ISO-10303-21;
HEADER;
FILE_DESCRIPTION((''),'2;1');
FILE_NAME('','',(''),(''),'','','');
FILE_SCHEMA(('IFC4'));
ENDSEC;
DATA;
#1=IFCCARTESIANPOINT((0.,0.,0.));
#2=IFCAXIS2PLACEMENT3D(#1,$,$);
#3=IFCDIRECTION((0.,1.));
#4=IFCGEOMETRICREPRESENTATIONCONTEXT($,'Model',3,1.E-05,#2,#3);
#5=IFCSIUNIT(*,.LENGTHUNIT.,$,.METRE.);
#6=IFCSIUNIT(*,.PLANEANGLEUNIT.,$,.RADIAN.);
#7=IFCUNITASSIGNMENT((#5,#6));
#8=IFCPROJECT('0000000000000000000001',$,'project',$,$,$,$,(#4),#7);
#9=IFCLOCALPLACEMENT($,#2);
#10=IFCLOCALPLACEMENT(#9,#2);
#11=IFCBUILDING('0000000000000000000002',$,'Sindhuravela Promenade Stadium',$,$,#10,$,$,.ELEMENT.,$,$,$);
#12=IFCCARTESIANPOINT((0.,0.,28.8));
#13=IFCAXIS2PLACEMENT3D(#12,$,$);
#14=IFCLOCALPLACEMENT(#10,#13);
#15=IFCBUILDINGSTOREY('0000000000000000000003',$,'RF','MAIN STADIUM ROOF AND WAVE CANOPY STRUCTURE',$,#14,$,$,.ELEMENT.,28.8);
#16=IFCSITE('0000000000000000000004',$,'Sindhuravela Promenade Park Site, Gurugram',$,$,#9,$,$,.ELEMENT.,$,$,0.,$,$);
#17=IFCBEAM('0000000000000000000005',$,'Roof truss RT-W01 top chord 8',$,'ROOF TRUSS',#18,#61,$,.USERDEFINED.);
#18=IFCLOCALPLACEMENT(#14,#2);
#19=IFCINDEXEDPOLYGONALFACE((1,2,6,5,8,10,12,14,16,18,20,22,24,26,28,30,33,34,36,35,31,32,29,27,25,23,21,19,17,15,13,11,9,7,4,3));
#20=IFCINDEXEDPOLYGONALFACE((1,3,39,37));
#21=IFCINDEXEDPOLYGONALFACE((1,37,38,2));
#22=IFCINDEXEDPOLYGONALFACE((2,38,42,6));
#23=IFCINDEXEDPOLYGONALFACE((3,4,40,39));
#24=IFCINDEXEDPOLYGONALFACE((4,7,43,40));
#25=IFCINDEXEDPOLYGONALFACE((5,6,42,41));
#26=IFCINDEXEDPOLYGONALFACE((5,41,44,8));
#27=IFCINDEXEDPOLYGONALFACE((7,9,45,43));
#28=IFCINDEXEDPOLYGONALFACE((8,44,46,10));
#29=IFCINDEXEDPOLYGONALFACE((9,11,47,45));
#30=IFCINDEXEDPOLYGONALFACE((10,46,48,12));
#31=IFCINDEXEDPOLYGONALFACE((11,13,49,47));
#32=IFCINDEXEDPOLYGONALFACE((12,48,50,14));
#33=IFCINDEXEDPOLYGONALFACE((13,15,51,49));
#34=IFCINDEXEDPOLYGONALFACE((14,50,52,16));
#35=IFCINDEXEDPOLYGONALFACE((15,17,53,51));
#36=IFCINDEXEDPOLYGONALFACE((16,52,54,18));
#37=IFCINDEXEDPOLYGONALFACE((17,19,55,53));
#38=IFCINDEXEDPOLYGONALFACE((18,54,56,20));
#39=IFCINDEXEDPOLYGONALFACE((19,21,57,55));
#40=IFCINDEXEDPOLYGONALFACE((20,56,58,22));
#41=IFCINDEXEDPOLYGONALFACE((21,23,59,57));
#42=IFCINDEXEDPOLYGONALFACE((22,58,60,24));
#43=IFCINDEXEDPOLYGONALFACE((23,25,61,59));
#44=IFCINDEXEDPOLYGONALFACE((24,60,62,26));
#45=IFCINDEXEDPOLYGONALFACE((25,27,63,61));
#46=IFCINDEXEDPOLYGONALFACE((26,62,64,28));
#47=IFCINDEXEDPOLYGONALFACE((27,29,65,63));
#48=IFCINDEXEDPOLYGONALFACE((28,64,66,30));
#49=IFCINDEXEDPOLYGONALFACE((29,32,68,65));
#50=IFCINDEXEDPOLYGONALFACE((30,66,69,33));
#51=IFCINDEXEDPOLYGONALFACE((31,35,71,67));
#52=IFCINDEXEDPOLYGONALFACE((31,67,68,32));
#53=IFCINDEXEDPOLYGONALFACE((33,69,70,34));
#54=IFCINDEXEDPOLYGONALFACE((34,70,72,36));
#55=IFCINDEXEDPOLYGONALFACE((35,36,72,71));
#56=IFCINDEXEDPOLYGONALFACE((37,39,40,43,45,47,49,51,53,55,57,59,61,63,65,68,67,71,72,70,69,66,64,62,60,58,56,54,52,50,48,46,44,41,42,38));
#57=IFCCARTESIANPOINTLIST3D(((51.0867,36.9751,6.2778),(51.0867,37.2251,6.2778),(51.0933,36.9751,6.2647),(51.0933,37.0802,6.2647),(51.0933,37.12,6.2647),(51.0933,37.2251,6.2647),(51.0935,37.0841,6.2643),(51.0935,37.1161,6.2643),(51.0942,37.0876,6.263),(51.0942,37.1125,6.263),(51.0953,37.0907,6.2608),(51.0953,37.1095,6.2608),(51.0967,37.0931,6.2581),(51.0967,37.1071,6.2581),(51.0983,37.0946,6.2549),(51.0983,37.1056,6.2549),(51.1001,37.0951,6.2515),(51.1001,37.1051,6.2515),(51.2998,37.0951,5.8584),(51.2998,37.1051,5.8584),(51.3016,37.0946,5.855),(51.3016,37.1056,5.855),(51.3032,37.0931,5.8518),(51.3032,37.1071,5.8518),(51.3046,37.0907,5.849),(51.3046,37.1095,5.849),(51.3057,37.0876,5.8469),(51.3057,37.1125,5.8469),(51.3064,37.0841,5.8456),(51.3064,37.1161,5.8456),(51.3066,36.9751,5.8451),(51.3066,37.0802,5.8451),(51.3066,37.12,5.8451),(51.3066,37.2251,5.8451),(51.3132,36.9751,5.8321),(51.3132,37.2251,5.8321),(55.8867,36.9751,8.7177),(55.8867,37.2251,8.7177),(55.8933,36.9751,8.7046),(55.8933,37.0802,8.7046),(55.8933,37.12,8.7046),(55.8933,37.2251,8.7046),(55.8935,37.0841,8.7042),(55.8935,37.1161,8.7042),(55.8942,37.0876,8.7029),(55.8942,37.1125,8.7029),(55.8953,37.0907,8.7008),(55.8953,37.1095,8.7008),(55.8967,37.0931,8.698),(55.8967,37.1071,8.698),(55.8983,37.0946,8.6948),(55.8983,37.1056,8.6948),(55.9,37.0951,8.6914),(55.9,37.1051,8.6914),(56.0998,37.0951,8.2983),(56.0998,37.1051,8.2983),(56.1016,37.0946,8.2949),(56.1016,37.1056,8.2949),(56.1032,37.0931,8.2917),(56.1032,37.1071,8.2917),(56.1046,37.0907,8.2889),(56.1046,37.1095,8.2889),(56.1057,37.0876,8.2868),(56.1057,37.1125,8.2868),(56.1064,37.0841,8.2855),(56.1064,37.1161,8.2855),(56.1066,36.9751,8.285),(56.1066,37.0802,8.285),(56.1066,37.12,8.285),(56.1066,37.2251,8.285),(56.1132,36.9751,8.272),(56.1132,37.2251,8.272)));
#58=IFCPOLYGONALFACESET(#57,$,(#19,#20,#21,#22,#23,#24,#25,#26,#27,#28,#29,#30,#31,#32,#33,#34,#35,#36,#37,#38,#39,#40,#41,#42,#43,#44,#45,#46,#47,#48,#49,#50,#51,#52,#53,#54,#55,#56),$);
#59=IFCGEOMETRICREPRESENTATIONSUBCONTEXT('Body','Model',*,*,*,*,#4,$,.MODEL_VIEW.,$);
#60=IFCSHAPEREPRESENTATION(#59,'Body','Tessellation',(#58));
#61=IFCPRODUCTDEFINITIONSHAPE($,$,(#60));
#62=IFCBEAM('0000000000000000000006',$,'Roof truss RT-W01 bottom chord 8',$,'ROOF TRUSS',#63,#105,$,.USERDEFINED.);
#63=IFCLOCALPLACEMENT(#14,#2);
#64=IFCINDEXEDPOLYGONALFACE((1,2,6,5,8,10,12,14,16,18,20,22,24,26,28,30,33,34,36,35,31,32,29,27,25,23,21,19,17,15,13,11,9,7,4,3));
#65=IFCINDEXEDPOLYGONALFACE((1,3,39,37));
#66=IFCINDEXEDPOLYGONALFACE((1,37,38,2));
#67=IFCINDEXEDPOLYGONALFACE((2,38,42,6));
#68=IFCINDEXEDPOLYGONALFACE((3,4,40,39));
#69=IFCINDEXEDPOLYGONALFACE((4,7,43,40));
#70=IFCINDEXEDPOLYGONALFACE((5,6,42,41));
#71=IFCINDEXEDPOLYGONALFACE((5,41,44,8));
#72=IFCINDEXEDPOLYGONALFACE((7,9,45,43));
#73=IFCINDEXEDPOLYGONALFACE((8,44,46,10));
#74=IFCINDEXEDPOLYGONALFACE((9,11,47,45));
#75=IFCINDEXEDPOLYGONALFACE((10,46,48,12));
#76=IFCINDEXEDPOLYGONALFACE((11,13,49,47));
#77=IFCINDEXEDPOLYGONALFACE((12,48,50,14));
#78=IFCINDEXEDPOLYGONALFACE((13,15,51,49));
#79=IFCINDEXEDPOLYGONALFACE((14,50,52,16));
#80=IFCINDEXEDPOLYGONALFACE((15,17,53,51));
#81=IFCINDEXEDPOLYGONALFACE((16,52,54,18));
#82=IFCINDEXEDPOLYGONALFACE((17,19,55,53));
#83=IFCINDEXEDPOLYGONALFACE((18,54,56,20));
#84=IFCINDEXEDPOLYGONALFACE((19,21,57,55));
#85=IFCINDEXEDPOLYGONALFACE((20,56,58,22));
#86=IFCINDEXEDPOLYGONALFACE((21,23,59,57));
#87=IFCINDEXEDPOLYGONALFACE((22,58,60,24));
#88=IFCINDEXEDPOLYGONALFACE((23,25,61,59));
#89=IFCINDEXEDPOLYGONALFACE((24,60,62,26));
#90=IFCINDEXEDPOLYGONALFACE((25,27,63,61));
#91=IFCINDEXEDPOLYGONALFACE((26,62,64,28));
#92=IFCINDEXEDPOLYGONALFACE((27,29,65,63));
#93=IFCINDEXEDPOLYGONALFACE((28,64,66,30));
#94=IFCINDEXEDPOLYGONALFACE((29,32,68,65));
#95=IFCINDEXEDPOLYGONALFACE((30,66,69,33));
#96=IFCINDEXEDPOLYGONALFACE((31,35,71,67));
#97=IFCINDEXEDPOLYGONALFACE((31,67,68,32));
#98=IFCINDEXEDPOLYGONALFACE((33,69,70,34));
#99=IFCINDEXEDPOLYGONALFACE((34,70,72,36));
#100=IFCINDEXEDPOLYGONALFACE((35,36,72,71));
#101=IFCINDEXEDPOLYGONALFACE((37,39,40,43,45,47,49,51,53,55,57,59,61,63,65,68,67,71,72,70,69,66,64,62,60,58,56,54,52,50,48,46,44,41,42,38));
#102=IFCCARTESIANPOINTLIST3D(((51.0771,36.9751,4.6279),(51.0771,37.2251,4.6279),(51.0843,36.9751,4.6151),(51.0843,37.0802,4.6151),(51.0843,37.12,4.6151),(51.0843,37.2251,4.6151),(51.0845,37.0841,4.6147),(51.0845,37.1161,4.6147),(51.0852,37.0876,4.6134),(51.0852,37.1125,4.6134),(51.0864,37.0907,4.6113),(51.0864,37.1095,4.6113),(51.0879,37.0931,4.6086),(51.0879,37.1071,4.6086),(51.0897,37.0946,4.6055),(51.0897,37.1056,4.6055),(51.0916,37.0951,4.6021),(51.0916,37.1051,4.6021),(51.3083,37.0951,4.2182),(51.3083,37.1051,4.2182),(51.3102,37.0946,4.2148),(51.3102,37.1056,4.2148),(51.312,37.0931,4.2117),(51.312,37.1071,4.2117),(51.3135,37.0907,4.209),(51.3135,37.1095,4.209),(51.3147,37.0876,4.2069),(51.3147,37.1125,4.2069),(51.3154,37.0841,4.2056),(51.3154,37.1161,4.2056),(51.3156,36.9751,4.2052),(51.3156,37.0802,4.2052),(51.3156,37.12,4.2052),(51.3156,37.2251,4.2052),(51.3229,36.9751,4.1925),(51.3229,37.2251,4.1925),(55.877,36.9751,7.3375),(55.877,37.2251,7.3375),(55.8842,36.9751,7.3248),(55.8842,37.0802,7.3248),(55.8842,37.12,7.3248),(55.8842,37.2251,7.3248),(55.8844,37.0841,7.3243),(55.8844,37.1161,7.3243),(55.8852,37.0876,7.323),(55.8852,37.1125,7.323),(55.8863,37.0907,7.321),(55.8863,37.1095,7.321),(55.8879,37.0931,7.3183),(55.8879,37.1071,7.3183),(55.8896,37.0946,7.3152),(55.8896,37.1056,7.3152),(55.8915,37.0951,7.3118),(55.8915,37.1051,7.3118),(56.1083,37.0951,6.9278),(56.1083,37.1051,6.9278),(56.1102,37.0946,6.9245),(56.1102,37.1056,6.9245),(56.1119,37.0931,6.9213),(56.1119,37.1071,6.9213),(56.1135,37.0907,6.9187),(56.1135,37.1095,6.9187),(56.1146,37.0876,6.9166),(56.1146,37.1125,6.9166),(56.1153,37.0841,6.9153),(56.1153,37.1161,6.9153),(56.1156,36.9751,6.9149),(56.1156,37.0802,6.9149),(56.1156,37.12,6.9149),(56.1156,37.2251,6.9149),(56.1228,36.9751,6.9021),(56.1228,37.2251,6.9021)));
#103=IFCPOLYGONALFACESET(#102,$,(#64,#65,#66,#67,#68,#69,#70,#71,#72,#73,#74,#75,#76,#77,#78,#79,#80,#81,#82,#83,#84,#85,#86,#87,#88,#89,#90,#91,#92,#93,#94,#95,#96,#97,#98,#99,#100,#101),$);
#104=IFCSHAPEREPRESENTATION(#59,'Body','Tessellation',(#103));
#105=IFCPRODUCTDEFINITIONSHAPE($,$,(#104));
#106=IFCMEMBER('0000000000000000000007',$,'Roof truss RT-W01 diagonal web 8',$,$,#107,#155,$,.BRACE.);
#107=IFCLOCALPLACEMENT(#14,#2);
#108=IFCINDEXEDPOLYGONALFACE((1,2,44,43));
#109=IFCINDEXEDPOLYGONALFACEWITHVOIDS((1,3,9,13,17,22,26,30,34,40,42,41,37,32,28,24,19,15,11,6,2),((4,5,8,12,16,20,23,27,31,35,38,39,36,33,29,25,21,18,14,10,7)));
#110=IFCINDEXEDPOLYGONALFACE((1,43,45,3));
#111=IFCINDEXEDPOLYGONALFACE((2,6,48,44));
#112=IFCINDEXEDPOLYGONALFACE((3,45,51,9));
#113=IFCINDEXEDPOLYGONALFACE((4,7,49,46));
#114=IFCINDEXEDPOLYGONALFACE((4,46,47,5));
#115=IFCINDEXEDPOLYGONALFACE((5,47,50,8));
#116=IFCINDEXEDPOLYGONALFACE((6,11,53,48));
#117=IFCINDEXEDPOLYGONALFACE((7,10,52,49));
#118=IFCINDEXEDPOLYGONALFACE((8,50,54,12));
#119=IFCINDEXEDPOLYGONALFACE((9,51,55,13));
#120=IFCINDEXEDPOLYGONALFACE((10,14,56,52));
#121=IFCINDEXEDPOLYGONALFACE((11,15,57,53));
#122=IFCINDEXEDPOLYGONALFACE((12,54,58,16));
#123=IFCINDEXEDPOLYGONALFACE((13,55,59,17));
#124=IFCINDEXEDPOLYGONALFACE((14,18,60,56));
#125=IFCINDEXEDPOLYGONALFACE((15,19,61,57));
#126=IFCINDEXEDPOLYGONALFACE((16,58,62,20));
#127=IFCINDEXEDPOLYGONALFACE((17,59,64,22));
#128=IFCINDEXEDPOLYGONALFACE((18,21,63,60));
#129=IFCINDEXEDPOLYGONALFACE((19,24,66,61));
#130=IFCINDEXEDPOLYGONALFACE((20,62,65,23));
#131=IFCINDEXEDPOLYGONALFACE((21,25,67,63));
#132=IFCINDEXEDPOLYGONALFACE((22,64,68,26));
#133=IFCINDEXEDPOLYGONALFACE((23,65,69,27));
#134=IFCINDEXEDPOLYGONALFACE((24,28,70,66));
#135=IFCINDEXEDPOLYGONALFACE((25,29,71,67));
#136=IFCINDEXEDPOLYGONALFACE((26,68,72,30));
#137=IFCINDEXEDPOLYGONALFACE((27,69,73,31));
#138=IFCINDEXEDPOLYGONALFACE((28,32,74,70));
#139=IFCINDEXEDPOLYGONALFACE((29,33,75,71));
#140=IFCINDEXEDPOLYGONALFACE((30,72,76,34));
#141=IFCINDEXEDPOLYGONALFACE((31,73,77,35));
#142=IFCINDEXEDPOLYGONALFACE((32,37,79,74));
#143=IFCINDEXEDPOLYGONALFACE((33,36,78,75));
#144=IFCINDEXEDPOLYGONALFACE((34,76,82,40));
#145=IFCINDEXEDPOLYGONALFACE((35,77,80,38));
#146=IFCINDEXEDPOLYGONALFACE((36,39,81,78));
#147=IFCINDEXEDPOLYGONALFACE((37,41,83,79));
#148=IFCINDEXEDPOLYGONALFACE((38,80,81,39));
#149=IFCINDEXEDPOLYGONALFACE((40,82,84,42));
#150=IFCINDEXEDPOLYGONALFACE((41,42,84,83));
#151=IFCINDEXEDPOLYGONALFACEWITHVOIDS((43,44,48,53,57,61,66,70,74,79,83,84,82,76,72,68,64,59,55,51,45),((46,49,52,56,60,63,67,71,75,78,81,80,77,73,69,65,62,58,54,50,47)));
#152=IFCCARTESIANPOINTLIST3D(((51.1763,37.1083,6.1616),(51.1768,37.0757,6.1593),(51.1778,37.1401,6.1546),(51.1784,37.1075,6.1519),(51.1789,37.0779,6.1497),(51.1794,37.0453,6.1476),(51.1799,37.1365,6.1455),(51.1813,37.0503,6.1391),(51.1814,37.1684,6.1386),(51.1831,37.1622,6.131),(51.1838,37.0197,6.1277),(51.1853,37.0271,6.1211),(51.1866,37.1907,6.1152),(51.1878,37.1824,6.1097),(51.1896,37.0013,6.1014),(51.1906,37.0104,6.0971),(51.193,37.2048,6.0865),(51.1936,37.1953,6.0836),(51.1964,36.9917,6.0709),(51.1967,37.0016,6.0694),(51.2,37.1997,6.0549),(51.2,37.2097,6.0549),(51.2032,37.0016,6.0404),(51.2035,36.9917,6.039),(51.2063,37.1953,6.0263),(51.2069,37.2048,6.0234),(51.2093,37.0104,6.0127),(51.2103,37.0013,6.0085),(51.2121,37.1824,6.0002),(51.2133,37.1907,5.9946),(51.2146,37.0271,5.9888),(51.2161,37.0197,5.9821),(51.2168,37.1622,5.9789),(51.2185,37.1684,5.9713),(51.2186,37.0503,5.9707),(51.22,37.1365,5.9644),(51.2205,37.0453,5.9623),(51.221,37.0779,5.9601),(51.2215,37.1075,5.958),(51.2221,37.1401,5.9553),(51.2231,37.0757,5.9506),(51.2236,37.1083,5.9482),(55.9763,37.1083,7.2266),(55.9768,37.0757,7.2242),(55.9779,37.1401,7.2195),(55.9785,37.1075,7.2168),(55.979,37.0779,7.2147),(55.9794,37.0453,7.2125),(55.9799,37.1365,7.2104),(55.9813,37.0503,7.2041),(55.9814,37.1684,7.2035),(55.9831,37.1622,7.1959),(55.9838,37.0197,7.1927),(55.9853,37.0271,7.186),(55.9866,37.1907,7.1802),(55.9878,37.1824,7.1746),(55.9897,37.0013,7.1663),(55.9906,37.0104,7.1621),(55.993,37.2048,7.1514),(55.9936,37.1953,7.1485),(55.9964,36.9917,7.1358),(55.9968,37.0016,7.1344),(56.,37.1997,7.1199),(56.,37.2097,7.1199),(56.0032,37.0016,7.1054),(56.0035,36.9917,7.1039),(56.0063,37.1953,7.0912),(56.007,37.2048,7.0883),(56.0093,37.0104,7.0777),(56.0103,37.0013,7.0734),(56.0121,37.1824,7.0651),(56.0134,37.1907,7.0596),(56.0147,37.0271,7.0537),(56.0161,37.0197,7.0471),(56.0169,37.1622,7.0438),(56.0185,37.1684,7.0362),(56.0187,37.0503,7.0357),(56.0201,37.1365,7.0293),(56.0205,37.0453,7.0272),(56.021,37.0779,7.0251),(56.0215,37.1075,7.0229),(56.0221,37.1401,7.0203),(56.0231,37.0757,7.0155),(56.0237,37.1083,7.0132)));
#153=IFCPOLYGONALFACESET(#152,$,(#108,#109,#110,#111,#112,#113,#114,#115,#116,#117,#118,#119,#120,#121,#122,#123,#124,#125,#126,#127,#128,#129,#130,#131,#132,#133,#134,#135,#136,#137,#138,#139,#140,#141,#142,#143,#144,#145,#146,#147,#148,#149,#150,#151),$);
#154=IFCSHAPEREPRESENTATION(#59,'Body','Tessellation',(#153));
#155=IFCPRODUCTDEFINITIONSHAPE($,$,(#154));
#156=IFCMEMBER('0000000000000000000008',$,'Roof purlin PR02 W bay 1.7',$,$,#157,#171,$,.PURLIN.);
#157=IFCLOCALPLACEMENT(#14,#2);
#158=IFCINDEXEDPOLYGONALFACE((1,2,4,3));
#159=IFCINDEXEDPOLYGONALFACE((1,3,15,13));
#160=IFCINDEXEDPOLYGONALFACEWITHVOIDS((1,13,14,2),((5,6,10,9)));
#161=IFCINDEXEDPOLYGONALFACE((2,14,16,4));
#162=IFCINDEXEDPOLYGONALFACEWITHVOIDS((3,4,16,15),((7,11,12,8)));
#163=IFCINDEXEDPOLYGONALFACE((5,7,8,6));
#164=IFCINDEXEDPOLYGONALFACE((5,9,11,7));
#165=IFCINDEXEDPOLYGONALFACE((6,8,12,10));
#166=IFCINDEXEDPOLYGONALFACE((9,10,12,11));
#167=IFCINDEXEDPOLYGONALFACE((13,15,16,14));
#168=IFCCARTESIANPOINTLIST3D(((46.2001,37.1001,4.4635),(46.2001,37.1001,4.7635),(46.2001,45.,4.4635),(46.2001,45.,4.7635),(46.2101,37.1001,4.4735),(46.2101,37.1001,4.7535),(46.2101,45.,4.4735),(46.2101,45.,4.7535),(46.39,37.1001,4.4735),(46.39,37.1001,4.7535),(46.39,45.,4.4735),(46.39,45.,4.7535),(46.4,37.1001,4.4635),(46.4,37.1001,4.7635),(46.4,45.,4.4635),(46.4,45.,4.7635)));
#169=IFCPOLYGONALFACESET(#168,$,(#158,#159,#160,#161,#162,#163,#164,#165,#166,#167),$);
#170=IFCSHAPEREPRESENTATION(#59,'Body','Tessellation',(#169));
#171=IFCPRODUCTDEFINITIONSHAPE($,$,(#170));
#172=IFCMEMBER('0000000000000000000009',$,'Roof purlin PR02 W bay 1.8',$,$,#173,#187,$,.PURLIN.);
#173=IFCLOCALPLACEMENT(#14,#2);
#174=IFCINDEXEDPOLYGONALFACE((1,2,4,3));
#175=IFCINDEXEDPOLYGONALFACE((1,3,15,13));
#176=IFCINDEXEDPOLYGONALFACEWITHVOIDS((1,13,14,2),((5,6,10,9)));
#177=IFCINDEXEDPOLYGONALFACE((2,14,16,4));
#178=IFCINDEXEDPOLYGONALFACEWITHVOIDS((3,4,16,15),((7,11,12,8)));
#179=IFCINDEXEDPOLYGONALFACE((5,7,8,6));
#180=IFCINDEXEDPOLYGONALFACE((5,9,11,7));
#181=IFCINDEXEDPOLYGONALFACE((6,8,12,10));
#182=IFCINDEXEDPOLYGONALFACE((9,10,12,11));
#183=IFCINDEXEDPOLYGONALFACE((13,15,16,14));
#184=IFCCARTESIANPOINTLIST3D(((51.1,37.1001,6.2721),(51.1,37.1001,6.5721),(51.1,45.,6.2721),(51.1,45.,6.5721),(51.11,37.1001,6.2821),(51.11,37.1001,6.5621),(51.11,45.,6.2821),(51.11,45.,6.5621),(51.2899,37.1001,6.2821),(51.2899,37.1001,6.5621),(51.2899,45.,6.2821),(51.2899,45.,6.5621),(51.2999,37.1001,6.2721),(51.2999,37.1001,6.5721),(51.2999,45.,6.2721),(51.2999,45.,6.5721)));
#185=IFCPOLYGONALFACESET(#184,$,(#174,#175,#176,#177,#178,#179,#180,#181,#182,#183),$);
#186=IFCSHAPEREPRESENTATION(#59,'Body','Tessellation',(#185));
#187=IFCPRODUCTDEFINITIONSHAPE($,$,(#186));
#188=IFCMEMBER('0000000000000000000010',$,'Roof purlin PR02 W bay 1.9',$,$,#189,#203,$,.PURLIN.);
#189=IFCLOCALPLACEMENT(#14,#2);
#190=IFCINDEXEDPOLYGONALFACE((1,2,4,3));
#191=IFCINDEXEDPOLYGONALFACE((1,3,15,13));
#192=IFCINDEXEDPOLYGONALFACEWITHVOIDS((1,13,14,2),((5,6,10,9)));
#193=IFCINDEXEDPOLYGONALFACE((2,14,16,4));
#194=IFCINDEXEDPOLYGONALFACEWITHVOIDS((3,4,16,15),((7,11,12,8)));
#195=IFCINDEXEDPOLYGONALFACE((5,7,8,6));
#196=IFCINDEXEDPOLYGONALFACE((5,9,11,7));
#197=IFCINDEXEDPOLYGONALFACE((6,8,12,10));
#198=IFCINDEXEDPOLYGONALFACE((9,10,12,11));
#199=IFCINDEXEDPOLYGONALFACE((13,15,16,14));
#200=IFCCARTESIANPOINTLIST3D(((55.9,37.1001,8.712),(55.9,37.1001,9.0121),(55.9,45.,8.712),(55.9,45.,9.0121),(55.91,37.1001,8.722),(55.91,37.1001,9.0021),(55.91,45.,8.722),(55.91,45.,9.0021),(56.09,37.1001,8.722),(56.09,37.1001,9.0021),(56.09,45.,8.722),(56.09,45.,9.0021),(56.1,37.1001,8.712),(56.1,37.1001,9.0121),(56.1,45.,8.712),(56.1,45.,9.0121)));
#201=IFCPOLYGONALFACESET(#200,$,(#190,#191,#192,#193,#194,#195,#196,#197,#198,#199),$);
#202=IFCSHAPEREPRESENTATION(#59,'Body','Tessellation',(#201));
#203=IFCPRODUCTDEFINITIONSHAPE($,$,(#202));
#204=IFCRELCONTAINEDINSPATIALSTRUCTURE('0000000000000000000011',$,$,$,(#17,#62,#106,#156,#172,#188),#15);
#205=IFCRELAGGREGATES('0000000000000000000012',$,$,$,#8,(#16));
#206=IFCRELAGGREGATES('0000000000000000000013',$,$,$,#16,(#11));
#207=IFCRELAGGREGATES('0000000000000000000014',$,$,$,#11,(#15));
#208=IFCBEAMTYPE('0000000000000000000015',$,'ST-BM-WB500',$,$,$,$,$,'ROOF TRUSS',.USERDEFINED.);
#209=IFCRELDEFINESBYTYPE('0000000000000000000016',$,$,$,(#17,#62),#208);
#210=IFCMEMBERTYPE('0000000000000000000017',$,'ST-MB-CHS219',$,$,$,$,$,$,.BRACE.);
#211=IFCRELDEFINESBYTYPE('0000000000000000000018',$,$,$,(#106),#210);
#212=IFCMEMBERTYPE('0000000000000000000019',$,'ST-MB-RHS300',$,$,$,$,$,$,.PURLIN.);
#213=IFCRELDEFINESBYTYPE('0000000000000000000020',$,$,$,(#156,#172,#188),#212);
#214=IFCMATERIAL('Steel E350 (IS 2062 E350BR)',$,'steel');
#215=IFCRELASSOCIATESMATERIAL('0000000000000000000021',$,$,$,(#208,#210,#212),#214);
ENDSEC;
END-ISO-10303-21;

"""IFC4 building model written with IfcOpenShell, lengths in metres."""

from ifc_helpers import new_model, si_unit, direction, frame, origin, origin_2d, place, context, subcontext, project, spatial, hollow_rectangle, hollow_circle, i_section, extrude, material, material_profile, profile_set, type_object, element, save


model = new_model("IFC4")

# Units and contexts
model_context = context("Model", 3, precision=1e-05, world=origin(), true_north=direction((0.0, 1.0)))
body_context = subcontext(model_context, "Body", "Model", "MODEL_VIEW")
ifc_project = project(units=[si_unit("LENGTHUNIT", "METRE"), si_unit("PLANEANGLEUNIT", "RADIAN")], contexts=[model_context])

# Site, building, storey
site_placement = place(None, origin())
site = spatial("IfcSite", under=ifc_project, at=site_placement, Name="Sindhuravela Promenade Park Site, Gurugram", CompositionType="ELEMENT", RefElevation=0.0)
building_placement = place(site_placement, origin())
building = spatial("IfcBuilding", under=site, at=building_placement, Name="Sindhuravela Promenade Stadium", CompositionType="ELEMENT")
storey_placement = place(building_placement, frame((0.0, 0.0, 28.8)))
storey = spatial("IfcBuildingStorey", under=building, at=storey_placement, Name="RF", Description="MAIN STADIUM ROOF AND WAVE CANOPY STRUCTURE", CompositionType="ELEMENT", Elevation=28.8)

# Beams
ifc_material_1 = material(Name="Steel E350 (IS 2062 E350BR)", Category="steel")
ifc_material_profile_1 = material_profile(ifc_material_1, i_section(OverallWidth=0.25, OverallDepth=0.5, WebThickness=0.01, FlangeThickness=0.0146, FilletRadius=0.0149, at=origin_2d()), Name="ISWB 500")
ifc_profile_set_1 = profile_set([ifc_material_profile_1], Name="Steel E350 (IS 2062 E350BR)")
beam_type = type_object("IfcBeamType", Name="ST-BM-WB500", ElementType="ROOF TRUSS", PredefinedType="USERDEFINED", material=ifc_profile_set_1)
beam_1_placement = place(storey_placement, frame((51.2, 37.1001, 6.0549), z_axis=(0.891442, 0.0, 0.453134), x_axis=(0.0, 1.0, 0.0)))
element("IfcBeam", 1, at=beam_1_placement, inside=storey, type_object=beam_type, Name="Roof truss RT-W01 top chord 8", ObjectType="ROOF TRUSS", PredefinedType="USERDEFINED", context=body_context, shape_type="SweptSolid", body=[
    extrude(i_section(OverallWidth=0.25, OverallDepth=0.5, WebThickness=0.01, FlangeThickness=0.0146, FilletRadius=0.0149, at=origin_2d()), origin(), (0.0, 0.0, 1.0), 5.3845),
])
beam_2_placement = place(storey_placement, frame((51.2, 37.1001, 4.4102), z_axis=(0.870823, 0.0, 0.491596), x_axis=(0.0, 1.0, 0.0)))
element("IfcBeam", 2, at=beam_2_placement, inside=storey, type_object=beam_type, Name="Roof truss RT-W01 bottom chord 8", ObjectType="ROOF TRUSS", PredefinedType="USERDEFINED", context=body_context, shape_type="SweptSolid", body=[
    extrude(i_section(OverallWidth=0.25, OverallDepth=0.5, WebThickness=0.01, FlangeThickness=0.0146, FilletRadius=0.0149, at=origin_2d()), origin(), (0.0, 0.0, 1.0), 5.512),
])

# Members
ifc_material_profile_2 = material_profile(ifc_material_1, hollow_circle(Radius=0.1096, WallThickness=0.01, at=origin_2d()), Name="CHS 219.1x10")
ifc_profile_set_2 = profile_set([ifc_material_profile_2], Name="Steel E350 (IS 2062 E350BR)")
member_type_1 = type_object("IfcMemberType", Name="ST-MB-CHS219", PredefinedType="BRACE", material=ifc_profile_set_2)
member_1_placement = place(storey_placement, frame((51.2, 37.1001, 6.0549), z_axis=(0.976262, 0.0, 0.216594), x_axis=(0.0, 1.0, 0.0)))
element("IfcMember", 3, at=member_1_placement, inside=storey, type_object=member_type_1, Name="Roof truss RT-W01 diagonal web 8", PredefinedType="BRACE", context=body_context, shape_type="SweptSolid", body=[
    extrude(hollow_circle(Radius=0.1096, WallThickness=0.01, at=origin_2d()), origin(), (0.0, 0.0, 1.0), 4.9167),
])
ifc_material_profile_3 = material_profile(ifc_material_1, hollow_rectangle(XDim=0.2, YDim=0.3, WallThickness=0.01, at=origin_2d()), Name="RHS 300x200x10")
ifc_profile_set_3 = profile_set([ifc_material_profile_3], Name="Steel E350 (IS 2062 E350BR)")
member_type_2 = type_object("IfcMemberType", Name="ST-MB-RHS300", PredefinedType="PURLIN", material=ifc_profile_set_3)
for number, where, z_axis, x_axis, name in (
    (4, (46.3, 37.1001, 4.6135), (0.0, 1.0, 0.0), (-1.0, 0.0, 0.0), "Roof purlin PR02 W bay 1.7"),
    (5, (51.2, 37.1001, 6.4221), (0.0, 1.0, 0.0), (-1.0, 0.0, 0.0), "Roof purlin PR02 W bay 1.8"),
    (6, (56.0, 37.1001, 8.8621), (0.0, 1.0, 0.0), (-1.0, 0.0, 0.0), "Roof purlin PR02 W bay 1.9"),
):
    element("IfcMember", number, at=place(storey_placement, frame(where, z_axis=z_axis, x_axis=x_axis)), inside=storey, type_object=member_type_2, Name=name, PredefinedType="PURLIN", context=body_context, shape_type="SweptSolid", body=[
        extrude(hollow_rectangle(XDim=0.2, YDim=0.3, WallThickness=0.01, at=origin_2d()), origin(), (0.0, 0.0, 1.0), 7.8999),
    ])

save(model, "model.ifc")
